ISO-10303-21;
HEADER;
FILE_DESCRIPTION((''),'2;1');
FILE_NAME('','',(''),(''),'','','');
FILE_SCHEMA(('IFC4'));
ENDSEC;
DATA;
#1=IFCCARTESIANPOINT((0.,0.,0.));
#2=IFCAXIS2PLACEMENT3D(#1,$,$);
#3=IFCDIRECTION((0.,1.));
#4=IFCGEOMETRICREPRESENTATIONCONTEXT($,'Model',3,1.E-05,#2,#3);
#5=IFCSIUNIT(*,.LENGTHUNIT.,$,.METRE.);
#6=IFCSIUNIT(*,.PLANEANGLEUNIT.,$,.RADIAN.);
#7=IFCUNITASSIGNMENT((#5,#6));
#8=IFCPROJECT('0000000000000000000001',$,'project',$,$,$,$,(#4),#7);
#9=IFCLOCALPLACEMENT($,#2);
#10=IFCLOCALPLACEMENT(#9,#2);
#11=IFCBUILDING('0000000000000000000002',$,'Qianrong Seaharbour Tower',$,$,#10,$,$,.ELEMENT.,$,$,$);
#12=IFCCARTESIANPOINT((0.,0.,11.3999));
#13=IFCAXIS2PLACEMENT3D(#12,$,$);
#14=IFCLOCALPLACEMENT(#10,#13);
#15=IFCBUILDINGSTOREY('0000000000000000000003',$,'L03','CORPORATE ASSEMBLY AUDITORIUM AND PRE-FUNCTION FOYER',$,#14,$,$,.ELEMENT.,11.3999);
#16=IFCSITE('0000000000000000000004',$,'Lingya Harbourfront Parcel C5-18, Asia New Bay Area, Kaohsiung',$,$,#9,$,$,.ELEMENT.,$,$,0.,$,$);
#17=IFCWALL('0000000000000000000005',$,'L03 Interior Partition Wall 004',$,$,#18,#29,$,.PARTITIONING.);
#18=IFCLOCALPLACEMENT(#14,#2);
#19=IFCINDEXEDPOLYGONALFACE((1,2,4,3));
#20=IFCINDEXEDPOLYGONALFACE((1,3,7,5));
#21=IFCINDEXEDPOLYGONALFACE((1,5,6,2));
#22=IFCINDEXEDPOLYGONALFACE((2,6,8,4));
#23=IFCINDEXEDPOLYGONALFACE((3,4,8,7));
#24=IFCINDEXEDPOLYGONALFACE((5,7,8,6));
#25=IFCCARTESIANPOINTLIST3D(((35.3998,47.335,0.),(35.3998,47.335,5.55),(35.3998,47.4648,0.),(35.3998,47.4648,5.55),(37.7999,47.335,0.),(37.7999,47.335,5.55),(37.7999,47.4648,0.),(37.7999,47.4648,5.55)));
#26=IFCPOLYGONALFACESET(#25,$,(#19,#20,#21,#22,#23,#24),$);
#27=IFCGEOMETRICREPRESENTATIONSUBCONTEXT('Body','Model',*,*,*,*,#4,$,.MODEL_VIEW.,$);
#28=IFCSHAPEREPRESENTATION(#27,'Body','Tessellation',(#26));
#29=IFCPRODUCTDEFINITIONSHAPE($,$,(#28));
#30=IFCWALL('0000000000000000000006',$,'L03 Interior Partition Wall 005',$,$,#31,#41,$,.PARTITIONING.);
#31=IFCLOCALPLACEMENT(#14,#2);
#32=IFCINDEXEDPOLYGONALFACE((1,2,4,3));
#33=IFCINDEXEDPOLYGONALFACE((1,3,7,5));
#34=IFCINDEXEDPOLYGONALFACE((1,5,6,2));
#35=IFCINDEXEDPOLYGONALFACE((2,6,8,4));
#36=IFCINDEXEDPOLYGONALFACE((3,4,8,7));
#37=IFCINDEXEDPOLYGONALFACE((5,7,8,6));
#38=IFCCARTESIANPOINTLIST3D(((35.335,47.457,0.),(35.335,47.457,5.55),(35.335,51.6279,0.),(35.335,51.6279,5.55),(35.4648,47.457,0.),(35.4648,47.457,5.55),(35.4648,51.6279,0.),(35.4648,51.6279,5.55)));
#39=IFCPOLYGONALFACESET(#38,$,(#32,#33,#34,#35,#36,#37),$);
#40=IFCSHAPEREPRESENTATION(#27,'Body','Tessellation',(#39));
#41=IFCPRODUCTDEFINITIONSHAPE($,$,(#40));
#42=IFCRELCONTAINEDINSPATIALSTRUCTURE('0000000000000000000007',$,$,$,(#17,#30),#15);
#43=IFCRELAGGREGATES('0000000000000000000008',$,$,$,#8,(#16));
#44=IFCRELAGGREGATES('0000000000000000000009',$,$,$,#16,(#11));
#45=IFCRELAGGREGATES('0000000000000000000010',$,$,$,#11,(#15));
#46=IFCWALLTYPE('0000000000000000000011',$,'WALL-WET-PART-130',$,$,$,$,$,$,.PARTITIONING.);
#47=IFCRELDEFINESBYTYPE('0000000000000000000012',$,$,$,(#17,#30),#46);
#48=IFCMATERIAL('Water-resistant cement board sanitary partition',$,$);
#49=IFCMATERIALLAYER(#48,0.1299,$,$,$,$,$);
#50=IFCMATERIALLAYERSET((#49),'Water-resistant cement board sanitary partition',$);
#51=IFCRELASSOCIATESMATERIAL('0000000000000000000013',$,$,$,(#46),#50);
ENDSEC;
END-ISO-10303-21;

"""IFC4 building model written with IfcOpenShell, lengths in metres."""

from ifc_helpers import new_model, si_unit, direction, frame, frame_2d, origin, place, context, subcontext, project, spatial, rectangle, extrude, material, layer, layer_set, type_object, element, save


model = new_model("IFC4")

# Units and contexts
model_context = context("Model", 3, precision=1e-05, world=origin(), true_north=direction((0.0, 1.0)))
body_context = subcontext(model_context, "Body", "Model", "MODEL_VIEW")
ifc_project = project(units=[si_unit("LENGTHUNIT", "METRE"), si_unit("PLANEANGLEUNIT", "RADIAN")], contexts=[model_context])

# Site, building, storey
site_placement = place(None, origin())
site = spatial("IfcSite", under=ifc_project, at=site_placement, Name="Lingya Harbourfront Parcel C5-18, Asia New Bay Area, Kaohsiung", CompositionType="ELEMENT", RefElevation=0.0)
building_placement = place(site_placement, origin())
building = spatial("IfcBuilding", under=site, at=building_placement, Name="Qianrong Seaharbour Tower", CompositionType="ELEMENT")
storey_placement = place(building_placement, frame((0.0, 0.0, 11.3999)))
storey = spatial("IfcBuildingStorey", under=building, at=storey_placement, Name="L03", Description="CORPORATE ASSEMBLY AUDITORIUM AND PRE-FUNCTION FOYER", CompositionType="ELEMENT", Elevation=11.3999)

# Shared definitions
ifc_material_1 = material(Name="Water-resistant cement board sanitary partition")
ifc_layer_1 = layer(ifc_material_1, 0.1299)
ifc_layer_set_1 = layer_set([ifc_layer_1], Name="Water-resistant cement board sanitary partition")
wall_type_1 = type_object("IfcWallType", Name="WALL-WET-PART-130", PredefinedType="PARTITIONING", material=ifc_layer_set_1)

# Walls
wall_1_placement = place(storey_placement, frame((37.8, 47.3999, 0.0), z_axis=(0.0, 0.0, 1.0), x_axis=(-1.0, 0.0, 0.0)))
element("IfcWall", 1, at=wall_1_placement, inside=storey, type_object=wall_type_1, Name="L03 Interior Partition Wall 004", PredefinedType="PARTITIONING", context=body_context, shape_type="SweptSolid", body=[
    extrude(rectangle(XDim=2.4001, YDim=0.1299, at=frame_2d((1.2002, 0.0))), origin(), (0.0, 0.0, 1.0), 5.55),
])
wall_2_placement = place(storey_placement, frame((35.3999, 47.457, 0.0), z_axis=(0.0, 0.0, 1.0), x_axis=(0.0, 1.0, 0.0)))
element("IfcWall", 2, at=wall_2_placement, inside=storey, type_object=wall_type_1, Name="L03 Interior Partition Wall 005", PredefinedType="PARTITIONING", context=body_context, shape_type="SweptSolid", body=[
    extrude(rectangle(XDim=4.1709, YDim=0.1299, at=frame_2d((2.0854, 0.0))), origin(), (0.0, 0.0, 1.0), 5.55),
])

save(model, "model.ifc")
